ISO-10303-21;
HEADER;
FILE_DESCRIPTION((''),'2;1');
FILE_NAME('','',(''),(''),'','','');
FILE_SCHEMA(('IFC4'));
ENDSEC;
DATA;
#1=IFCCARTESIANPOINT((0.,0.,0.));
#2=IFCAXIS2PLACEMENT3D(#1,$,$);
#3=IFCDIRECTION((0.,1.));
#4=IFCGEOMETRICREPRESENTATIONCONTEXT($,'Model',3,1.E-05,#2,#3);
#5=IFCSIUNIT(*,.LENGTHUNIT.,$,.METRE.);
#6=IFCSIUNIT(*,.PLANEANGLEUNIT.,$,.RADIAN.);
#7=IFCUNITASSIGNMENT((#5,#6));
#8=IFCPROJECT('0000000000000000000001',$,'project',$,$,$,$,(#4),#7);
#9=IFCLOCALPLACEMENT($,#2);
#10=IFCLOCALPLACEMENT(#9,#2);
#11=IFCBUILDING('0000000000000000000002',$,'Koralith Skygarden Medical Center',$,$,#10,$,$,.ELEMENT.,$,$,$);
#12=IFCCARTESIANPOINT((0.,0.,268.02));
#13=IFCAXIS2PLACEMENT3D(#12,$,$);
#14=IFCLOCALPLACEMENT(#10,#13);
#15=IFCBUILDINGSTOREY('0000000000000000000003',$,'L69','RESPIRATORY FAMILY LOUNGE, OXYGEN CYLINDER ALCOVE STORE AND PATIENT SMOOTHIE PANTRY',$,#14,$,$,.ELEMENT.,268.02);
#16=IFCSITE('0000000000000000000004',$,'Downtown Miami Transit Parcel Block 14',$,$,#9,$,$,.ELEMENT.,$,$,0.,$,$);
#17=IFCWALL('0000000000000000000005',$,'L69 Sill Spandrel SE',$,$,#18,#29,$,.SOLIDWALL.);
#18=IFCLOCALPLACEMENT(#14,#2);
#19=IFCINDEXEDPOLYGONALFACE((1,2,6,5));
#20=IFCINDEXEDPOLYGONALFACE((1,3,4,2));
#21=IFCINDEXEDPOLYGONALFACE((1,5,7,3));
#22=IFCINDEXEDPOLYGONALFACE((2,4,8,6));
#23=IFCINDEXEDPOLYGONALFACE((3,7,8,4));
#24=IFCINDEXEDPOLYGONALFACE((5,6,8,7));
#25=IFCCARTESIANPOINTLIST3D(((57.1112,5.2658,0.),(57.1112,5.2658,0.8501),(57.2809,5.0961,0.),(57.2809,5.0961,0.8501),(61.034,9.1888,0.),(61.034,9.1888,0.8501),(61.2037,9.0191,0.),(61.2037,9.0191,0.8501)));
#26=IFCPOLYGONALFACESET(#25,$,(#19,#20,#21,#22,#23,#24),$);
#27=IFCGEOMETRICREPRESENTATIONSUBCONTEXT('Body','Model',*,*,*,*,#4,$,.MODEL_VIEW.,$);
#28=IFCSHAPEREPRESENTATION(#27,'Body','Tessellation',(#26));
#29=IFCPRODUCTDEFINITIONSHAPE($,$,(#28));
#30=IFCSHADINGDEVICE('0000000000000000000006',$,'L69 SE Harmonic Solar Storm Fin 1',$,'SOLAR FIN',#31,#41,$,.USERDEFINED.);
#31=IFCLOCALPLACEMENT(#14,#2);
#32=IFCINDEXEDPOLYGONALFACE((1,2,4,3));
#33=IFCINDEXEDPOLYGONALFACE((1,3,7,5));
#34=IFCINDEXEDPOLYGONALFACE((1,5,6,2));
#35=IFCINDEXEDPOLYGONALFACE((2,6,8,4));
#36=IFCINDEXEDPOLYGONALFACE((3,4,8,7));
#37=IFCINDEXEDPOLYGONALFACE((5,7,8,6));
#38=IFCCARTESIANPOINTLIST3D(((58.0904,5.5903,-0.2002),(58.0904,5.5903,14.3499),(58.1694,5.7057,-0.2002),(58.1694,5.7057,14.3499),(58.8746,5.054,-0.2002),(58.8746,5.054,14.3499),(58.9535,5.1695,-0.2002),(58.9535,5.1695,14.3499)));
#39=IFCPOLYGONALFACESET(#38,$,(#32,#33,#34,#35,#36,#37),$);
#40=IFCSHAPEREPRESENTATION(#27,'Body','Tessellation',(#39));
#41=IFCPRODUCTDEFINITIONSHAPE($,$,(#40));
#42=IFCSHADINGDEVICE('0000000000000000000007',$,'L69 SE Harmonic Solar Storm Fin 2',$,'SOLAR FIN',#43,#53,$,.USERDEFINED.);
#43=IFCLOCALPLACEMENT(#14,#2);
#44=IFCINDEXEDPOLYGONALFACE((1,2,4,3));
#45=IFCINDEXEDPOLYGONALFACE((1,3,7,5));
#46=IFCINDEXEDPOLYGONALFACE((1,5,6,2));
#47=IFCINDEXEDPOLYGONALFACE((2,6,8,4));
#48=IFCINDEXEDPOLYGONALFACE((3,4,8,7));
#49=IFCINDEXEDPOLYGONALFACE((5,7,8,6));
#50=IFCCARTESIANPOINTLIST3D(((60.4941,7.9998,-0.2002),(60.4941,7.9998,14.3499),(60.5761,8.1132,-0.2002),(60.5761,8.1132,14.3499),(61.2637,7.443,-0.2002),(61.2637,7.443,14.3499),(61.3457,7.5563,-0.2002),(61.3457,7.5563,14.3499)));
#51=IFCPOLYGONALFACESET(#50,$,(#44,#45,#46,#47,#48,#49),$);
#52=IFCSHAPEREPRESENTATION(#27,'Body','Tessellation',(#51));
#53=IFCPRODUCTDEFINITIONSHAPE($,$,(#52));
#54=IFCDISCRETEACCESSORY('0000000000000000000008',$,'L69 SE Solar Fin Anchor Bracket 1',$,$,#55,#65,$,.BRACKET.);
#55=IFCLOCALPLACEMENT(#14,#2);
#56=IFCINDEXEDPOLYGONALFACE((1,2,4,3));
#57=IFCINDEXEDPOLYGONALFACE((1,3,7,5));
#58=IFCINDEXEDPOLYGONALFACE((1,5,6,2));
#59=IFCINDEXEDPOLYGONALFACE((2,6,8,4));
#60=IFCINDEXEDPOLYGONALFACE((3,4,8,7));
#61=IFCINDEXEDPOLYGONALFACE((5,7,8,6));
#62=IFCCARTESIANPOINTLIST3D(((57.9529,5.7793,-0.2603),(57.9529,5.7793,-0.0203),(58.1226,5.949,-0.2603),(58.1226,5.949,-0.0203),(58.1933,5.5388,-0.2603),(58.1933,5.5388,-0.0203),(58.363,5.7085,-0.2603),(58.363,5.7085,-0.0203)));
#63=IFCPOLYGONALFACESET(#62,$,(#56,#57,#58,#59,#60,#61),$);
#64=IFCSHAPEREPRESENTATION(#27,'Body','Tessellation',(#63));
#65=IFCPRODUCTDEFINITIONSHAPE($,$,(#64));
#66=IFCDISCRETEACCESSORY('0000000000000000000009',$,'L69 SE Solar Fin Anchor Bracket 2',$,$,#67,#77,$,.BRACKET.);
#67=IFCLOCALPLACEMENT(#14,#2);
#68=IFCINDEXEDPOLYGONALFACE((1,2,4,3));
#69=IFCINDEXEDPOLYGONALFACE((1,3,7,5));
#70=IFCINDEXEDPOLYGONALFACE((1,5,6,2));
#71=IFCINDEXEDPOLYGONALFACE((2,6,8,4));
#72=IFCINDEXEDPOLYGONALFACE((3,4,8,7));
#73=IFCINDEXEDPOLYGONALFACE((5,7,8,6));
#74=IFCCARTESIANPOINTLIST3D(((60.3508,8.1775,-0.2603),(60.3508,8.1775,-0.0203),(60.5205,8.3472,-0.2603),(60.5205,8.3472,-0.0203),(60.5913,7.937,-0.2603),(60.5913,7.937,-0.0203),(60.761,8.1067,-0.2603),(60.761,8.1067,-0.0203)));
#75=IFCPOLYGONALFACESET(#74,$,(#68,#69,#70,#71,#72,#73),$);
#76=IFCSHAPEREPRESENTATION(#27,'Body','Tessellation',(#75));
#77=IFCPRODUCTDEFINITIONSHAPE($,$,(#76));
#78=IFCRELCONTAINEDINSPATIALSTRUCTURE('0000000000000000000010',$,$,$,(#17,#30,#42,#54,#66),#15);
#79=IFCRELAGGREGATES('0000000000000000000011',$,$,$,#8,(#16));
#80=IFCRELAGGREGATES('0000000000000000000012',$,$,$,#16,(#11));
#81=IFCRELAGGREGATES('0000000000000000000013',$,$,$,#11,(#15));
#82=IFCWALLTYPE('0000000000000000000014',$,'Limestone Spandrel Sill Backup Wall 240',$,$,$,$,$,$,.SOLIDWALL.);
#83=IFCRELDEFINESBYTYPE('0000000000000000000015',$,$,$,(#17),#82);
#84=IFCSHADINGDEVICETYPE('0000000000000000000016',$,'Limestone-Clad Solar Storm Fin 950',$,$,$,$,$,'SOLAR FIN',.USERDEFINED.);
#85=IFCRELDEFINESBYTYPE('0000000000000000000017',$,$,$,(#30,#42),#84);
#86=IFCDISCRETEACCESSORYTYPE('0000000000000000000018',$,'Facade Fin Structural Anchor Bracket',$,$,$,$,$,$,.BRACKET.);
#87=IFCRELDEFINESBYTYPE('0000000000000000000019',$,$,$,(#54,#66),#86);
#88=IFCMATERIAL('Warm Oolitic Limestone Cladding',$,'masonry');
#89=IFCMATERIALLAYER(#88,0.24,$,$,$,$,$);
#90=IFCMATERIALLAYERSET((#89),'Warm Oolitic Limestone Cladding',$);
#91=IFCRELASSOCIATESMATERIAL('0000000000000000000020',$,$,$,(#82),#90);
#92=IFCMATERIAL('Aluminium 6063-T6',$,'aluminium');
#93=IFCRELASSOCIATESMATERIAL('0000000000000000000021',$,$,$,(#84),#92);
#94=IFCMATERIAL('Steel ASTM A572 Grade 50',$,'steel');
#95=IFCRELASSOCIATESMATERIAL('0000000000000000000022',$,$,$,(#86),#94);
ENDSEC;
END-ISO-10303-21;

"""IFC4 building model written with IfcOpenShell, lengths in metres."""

from ifc_helpers import new_model, si_unit, direction, frame, frame_2d, origin, origin_2d, place, context, subcontext, project, spatial, rectangle, extrude, material, layer, layer_set, type_object, element, save


model = new_model("IFC4")

# Units and contexts
model_context = context("Model", 3, precision=1e-05, world=origin(), true_north=direction((0.0, 1.0)))
body_context = subcontext(model_context, "Body", "Model", "MODEL_VIEW")
ifc_project = project(units=[si_unit("LENGTHUNIT", "METRE"), si_unit("PLANEANGLEUNIT", "RADIAN")], contexts=[model_context])

# Site, building, storey
site_placement = place(None, origin())
site = spatial("IfcSite", under=ifc_project, at=site_placement, Name="Downtown Miami Transit Parcel Block 14", CompositionType="ELEMENT", RefElevation=0.0)
building_placement = place(site_placement, origin())
building = spatial("IfcBuilding", under=site, at=building_placement, Name="Koralith Skygarden Medical Center", CompositionType="ELEMENT")
storey_placement = place(building_placement, frame((0.0, 0.0, 268.02)))
storey = spatial("IfcBuildingStorey", under=building, at=storey_placement, Name="L69", Description="RESPIRATORY FAMILY LOUNGE, OXYGEN CYLINDER ALCOVE STORE AND PATIENT SMOOTHIE PANTRY", CompositionType="ELEMENT", Elevation=268.02)

# Shared definitions
ifc_material_1 = material(Name="Aluminium 6063-T6", Category="aluminium")

# Shared definitions
ifc_material_2 = material(Name="Warm Oolitic Limestone Cladding", Category="masonry")

# Wall
ifc_layer_1 = layer(ifc_material_2, 0.24)
ifc_layer_set_1 = layer_set([ifc_layer_1], Name="Warm Oolitic Limestone Cladding")
wall_type = type_object("IfcWallType", Name="Limestone Spandrel Sill Backup Wall 240", PredefinedType="SOLIDWALL", material=ifc_layer_set_1)
wall_placement = place(storey_placement, frame((57.196, 5.1809, 0.0), z_axis=(0.0, 0.0, 1.0), x_axis=(0.707085, 0.707129, 0.0)))
element("IfcWall", 1, at=wall_placement, inside=storey, type_object=wall_type, Name="L69 Sill Spandrel SE", PredefinedType="SOLIDWALL", context=body_context, shape_type="SweptSolid", body=[
    extrude(rectangle(XDim=5.5479, YDim=0.24, at=frame_2d((2.7739, 0.0))), origin(), (0.0, 0.0, 1.0), 0.8501),
])

# Shading devices
shading_device_type = type_object("IfcShadingDeviceType", Name="Limestone-Clad Solar Storm Fin 950", ElementType="SOLAR FIN", PredefinedType="USERDEFINED", material=ifc_material_1)
for number, where, z_axis, x_axis, name in (
    (2, (58.522, 5.3799, -0.2002), (0.0, 0.0, 1.0), (0.825458, -0.564463, 0.0), "L69 SE Harmonic Solar Storm Fin 1"),
    (3, (60.9199, 7.7781, -0.2002), (0.0, 0.0, 1.0), (0.810185, -0.586174, 0.0), "L69 SE Harmonic Solar Storm Fin 2"),
):
    element("IfcShadingDevice", number, at=place(storey_placement, frame(where, z_axis=z_axis, x_axis=x_axis)), inside=storey, type_object=shading_device_type, Name=name, ObjectType="SOLAR FIN", PredefinedType="USERDEFINED", context=body_context, shape_type="SweptSolid", body=[
        extrude(rectangle(XDim=0.95, YDim=0.1399, at=origin_2d()), origin(), (0.0, 0.0, 1.0), 14.55),
    ])

# Discrete accessories
ifc_material_3 = material(Name="Steel ASTM A572 Grade 50", Category="steel")
discrete_accessory_type = type_object("IfcDiscreteAccessoryType", Name="Facade Fin Structural Anchor Bracket", PredefinedType="BRACKET", material=ifc_material_3)
for number, where, z_axis, x_axis, name in (
    (4, (58.158, 5.7439, -0.2603), (0.0, 0.0, 1.0), (0.707107, -0.707107, 0.0), "L69 SE Solar Fin Anchor Bracket 1"),
    (5, (60.5559, 8.1421, -0.2603), (0.0, 0.0, 1.0), (0.707107, -0.707107, 0.0), "L69 SE Solar Fin Anchor Bracket 2"),
):
    element("IfcDiscreteAccessory", number, at=place(storey_placement, frame(where, z_axis=z_axis, x_axis=x_axis)), inside=storey, type_object=discrete_accessory_type, Name=name, PredefinedType="BRACKET", context=body_context, shape_type="SweptSolid", body=[
        extrude(rectangle(XDim=0.3401, YDim=0.24, at=origin_2d()), origin(), (0.0, 0.0, 1.0), 0.24),
    ])

save(model, "model.ifc")
